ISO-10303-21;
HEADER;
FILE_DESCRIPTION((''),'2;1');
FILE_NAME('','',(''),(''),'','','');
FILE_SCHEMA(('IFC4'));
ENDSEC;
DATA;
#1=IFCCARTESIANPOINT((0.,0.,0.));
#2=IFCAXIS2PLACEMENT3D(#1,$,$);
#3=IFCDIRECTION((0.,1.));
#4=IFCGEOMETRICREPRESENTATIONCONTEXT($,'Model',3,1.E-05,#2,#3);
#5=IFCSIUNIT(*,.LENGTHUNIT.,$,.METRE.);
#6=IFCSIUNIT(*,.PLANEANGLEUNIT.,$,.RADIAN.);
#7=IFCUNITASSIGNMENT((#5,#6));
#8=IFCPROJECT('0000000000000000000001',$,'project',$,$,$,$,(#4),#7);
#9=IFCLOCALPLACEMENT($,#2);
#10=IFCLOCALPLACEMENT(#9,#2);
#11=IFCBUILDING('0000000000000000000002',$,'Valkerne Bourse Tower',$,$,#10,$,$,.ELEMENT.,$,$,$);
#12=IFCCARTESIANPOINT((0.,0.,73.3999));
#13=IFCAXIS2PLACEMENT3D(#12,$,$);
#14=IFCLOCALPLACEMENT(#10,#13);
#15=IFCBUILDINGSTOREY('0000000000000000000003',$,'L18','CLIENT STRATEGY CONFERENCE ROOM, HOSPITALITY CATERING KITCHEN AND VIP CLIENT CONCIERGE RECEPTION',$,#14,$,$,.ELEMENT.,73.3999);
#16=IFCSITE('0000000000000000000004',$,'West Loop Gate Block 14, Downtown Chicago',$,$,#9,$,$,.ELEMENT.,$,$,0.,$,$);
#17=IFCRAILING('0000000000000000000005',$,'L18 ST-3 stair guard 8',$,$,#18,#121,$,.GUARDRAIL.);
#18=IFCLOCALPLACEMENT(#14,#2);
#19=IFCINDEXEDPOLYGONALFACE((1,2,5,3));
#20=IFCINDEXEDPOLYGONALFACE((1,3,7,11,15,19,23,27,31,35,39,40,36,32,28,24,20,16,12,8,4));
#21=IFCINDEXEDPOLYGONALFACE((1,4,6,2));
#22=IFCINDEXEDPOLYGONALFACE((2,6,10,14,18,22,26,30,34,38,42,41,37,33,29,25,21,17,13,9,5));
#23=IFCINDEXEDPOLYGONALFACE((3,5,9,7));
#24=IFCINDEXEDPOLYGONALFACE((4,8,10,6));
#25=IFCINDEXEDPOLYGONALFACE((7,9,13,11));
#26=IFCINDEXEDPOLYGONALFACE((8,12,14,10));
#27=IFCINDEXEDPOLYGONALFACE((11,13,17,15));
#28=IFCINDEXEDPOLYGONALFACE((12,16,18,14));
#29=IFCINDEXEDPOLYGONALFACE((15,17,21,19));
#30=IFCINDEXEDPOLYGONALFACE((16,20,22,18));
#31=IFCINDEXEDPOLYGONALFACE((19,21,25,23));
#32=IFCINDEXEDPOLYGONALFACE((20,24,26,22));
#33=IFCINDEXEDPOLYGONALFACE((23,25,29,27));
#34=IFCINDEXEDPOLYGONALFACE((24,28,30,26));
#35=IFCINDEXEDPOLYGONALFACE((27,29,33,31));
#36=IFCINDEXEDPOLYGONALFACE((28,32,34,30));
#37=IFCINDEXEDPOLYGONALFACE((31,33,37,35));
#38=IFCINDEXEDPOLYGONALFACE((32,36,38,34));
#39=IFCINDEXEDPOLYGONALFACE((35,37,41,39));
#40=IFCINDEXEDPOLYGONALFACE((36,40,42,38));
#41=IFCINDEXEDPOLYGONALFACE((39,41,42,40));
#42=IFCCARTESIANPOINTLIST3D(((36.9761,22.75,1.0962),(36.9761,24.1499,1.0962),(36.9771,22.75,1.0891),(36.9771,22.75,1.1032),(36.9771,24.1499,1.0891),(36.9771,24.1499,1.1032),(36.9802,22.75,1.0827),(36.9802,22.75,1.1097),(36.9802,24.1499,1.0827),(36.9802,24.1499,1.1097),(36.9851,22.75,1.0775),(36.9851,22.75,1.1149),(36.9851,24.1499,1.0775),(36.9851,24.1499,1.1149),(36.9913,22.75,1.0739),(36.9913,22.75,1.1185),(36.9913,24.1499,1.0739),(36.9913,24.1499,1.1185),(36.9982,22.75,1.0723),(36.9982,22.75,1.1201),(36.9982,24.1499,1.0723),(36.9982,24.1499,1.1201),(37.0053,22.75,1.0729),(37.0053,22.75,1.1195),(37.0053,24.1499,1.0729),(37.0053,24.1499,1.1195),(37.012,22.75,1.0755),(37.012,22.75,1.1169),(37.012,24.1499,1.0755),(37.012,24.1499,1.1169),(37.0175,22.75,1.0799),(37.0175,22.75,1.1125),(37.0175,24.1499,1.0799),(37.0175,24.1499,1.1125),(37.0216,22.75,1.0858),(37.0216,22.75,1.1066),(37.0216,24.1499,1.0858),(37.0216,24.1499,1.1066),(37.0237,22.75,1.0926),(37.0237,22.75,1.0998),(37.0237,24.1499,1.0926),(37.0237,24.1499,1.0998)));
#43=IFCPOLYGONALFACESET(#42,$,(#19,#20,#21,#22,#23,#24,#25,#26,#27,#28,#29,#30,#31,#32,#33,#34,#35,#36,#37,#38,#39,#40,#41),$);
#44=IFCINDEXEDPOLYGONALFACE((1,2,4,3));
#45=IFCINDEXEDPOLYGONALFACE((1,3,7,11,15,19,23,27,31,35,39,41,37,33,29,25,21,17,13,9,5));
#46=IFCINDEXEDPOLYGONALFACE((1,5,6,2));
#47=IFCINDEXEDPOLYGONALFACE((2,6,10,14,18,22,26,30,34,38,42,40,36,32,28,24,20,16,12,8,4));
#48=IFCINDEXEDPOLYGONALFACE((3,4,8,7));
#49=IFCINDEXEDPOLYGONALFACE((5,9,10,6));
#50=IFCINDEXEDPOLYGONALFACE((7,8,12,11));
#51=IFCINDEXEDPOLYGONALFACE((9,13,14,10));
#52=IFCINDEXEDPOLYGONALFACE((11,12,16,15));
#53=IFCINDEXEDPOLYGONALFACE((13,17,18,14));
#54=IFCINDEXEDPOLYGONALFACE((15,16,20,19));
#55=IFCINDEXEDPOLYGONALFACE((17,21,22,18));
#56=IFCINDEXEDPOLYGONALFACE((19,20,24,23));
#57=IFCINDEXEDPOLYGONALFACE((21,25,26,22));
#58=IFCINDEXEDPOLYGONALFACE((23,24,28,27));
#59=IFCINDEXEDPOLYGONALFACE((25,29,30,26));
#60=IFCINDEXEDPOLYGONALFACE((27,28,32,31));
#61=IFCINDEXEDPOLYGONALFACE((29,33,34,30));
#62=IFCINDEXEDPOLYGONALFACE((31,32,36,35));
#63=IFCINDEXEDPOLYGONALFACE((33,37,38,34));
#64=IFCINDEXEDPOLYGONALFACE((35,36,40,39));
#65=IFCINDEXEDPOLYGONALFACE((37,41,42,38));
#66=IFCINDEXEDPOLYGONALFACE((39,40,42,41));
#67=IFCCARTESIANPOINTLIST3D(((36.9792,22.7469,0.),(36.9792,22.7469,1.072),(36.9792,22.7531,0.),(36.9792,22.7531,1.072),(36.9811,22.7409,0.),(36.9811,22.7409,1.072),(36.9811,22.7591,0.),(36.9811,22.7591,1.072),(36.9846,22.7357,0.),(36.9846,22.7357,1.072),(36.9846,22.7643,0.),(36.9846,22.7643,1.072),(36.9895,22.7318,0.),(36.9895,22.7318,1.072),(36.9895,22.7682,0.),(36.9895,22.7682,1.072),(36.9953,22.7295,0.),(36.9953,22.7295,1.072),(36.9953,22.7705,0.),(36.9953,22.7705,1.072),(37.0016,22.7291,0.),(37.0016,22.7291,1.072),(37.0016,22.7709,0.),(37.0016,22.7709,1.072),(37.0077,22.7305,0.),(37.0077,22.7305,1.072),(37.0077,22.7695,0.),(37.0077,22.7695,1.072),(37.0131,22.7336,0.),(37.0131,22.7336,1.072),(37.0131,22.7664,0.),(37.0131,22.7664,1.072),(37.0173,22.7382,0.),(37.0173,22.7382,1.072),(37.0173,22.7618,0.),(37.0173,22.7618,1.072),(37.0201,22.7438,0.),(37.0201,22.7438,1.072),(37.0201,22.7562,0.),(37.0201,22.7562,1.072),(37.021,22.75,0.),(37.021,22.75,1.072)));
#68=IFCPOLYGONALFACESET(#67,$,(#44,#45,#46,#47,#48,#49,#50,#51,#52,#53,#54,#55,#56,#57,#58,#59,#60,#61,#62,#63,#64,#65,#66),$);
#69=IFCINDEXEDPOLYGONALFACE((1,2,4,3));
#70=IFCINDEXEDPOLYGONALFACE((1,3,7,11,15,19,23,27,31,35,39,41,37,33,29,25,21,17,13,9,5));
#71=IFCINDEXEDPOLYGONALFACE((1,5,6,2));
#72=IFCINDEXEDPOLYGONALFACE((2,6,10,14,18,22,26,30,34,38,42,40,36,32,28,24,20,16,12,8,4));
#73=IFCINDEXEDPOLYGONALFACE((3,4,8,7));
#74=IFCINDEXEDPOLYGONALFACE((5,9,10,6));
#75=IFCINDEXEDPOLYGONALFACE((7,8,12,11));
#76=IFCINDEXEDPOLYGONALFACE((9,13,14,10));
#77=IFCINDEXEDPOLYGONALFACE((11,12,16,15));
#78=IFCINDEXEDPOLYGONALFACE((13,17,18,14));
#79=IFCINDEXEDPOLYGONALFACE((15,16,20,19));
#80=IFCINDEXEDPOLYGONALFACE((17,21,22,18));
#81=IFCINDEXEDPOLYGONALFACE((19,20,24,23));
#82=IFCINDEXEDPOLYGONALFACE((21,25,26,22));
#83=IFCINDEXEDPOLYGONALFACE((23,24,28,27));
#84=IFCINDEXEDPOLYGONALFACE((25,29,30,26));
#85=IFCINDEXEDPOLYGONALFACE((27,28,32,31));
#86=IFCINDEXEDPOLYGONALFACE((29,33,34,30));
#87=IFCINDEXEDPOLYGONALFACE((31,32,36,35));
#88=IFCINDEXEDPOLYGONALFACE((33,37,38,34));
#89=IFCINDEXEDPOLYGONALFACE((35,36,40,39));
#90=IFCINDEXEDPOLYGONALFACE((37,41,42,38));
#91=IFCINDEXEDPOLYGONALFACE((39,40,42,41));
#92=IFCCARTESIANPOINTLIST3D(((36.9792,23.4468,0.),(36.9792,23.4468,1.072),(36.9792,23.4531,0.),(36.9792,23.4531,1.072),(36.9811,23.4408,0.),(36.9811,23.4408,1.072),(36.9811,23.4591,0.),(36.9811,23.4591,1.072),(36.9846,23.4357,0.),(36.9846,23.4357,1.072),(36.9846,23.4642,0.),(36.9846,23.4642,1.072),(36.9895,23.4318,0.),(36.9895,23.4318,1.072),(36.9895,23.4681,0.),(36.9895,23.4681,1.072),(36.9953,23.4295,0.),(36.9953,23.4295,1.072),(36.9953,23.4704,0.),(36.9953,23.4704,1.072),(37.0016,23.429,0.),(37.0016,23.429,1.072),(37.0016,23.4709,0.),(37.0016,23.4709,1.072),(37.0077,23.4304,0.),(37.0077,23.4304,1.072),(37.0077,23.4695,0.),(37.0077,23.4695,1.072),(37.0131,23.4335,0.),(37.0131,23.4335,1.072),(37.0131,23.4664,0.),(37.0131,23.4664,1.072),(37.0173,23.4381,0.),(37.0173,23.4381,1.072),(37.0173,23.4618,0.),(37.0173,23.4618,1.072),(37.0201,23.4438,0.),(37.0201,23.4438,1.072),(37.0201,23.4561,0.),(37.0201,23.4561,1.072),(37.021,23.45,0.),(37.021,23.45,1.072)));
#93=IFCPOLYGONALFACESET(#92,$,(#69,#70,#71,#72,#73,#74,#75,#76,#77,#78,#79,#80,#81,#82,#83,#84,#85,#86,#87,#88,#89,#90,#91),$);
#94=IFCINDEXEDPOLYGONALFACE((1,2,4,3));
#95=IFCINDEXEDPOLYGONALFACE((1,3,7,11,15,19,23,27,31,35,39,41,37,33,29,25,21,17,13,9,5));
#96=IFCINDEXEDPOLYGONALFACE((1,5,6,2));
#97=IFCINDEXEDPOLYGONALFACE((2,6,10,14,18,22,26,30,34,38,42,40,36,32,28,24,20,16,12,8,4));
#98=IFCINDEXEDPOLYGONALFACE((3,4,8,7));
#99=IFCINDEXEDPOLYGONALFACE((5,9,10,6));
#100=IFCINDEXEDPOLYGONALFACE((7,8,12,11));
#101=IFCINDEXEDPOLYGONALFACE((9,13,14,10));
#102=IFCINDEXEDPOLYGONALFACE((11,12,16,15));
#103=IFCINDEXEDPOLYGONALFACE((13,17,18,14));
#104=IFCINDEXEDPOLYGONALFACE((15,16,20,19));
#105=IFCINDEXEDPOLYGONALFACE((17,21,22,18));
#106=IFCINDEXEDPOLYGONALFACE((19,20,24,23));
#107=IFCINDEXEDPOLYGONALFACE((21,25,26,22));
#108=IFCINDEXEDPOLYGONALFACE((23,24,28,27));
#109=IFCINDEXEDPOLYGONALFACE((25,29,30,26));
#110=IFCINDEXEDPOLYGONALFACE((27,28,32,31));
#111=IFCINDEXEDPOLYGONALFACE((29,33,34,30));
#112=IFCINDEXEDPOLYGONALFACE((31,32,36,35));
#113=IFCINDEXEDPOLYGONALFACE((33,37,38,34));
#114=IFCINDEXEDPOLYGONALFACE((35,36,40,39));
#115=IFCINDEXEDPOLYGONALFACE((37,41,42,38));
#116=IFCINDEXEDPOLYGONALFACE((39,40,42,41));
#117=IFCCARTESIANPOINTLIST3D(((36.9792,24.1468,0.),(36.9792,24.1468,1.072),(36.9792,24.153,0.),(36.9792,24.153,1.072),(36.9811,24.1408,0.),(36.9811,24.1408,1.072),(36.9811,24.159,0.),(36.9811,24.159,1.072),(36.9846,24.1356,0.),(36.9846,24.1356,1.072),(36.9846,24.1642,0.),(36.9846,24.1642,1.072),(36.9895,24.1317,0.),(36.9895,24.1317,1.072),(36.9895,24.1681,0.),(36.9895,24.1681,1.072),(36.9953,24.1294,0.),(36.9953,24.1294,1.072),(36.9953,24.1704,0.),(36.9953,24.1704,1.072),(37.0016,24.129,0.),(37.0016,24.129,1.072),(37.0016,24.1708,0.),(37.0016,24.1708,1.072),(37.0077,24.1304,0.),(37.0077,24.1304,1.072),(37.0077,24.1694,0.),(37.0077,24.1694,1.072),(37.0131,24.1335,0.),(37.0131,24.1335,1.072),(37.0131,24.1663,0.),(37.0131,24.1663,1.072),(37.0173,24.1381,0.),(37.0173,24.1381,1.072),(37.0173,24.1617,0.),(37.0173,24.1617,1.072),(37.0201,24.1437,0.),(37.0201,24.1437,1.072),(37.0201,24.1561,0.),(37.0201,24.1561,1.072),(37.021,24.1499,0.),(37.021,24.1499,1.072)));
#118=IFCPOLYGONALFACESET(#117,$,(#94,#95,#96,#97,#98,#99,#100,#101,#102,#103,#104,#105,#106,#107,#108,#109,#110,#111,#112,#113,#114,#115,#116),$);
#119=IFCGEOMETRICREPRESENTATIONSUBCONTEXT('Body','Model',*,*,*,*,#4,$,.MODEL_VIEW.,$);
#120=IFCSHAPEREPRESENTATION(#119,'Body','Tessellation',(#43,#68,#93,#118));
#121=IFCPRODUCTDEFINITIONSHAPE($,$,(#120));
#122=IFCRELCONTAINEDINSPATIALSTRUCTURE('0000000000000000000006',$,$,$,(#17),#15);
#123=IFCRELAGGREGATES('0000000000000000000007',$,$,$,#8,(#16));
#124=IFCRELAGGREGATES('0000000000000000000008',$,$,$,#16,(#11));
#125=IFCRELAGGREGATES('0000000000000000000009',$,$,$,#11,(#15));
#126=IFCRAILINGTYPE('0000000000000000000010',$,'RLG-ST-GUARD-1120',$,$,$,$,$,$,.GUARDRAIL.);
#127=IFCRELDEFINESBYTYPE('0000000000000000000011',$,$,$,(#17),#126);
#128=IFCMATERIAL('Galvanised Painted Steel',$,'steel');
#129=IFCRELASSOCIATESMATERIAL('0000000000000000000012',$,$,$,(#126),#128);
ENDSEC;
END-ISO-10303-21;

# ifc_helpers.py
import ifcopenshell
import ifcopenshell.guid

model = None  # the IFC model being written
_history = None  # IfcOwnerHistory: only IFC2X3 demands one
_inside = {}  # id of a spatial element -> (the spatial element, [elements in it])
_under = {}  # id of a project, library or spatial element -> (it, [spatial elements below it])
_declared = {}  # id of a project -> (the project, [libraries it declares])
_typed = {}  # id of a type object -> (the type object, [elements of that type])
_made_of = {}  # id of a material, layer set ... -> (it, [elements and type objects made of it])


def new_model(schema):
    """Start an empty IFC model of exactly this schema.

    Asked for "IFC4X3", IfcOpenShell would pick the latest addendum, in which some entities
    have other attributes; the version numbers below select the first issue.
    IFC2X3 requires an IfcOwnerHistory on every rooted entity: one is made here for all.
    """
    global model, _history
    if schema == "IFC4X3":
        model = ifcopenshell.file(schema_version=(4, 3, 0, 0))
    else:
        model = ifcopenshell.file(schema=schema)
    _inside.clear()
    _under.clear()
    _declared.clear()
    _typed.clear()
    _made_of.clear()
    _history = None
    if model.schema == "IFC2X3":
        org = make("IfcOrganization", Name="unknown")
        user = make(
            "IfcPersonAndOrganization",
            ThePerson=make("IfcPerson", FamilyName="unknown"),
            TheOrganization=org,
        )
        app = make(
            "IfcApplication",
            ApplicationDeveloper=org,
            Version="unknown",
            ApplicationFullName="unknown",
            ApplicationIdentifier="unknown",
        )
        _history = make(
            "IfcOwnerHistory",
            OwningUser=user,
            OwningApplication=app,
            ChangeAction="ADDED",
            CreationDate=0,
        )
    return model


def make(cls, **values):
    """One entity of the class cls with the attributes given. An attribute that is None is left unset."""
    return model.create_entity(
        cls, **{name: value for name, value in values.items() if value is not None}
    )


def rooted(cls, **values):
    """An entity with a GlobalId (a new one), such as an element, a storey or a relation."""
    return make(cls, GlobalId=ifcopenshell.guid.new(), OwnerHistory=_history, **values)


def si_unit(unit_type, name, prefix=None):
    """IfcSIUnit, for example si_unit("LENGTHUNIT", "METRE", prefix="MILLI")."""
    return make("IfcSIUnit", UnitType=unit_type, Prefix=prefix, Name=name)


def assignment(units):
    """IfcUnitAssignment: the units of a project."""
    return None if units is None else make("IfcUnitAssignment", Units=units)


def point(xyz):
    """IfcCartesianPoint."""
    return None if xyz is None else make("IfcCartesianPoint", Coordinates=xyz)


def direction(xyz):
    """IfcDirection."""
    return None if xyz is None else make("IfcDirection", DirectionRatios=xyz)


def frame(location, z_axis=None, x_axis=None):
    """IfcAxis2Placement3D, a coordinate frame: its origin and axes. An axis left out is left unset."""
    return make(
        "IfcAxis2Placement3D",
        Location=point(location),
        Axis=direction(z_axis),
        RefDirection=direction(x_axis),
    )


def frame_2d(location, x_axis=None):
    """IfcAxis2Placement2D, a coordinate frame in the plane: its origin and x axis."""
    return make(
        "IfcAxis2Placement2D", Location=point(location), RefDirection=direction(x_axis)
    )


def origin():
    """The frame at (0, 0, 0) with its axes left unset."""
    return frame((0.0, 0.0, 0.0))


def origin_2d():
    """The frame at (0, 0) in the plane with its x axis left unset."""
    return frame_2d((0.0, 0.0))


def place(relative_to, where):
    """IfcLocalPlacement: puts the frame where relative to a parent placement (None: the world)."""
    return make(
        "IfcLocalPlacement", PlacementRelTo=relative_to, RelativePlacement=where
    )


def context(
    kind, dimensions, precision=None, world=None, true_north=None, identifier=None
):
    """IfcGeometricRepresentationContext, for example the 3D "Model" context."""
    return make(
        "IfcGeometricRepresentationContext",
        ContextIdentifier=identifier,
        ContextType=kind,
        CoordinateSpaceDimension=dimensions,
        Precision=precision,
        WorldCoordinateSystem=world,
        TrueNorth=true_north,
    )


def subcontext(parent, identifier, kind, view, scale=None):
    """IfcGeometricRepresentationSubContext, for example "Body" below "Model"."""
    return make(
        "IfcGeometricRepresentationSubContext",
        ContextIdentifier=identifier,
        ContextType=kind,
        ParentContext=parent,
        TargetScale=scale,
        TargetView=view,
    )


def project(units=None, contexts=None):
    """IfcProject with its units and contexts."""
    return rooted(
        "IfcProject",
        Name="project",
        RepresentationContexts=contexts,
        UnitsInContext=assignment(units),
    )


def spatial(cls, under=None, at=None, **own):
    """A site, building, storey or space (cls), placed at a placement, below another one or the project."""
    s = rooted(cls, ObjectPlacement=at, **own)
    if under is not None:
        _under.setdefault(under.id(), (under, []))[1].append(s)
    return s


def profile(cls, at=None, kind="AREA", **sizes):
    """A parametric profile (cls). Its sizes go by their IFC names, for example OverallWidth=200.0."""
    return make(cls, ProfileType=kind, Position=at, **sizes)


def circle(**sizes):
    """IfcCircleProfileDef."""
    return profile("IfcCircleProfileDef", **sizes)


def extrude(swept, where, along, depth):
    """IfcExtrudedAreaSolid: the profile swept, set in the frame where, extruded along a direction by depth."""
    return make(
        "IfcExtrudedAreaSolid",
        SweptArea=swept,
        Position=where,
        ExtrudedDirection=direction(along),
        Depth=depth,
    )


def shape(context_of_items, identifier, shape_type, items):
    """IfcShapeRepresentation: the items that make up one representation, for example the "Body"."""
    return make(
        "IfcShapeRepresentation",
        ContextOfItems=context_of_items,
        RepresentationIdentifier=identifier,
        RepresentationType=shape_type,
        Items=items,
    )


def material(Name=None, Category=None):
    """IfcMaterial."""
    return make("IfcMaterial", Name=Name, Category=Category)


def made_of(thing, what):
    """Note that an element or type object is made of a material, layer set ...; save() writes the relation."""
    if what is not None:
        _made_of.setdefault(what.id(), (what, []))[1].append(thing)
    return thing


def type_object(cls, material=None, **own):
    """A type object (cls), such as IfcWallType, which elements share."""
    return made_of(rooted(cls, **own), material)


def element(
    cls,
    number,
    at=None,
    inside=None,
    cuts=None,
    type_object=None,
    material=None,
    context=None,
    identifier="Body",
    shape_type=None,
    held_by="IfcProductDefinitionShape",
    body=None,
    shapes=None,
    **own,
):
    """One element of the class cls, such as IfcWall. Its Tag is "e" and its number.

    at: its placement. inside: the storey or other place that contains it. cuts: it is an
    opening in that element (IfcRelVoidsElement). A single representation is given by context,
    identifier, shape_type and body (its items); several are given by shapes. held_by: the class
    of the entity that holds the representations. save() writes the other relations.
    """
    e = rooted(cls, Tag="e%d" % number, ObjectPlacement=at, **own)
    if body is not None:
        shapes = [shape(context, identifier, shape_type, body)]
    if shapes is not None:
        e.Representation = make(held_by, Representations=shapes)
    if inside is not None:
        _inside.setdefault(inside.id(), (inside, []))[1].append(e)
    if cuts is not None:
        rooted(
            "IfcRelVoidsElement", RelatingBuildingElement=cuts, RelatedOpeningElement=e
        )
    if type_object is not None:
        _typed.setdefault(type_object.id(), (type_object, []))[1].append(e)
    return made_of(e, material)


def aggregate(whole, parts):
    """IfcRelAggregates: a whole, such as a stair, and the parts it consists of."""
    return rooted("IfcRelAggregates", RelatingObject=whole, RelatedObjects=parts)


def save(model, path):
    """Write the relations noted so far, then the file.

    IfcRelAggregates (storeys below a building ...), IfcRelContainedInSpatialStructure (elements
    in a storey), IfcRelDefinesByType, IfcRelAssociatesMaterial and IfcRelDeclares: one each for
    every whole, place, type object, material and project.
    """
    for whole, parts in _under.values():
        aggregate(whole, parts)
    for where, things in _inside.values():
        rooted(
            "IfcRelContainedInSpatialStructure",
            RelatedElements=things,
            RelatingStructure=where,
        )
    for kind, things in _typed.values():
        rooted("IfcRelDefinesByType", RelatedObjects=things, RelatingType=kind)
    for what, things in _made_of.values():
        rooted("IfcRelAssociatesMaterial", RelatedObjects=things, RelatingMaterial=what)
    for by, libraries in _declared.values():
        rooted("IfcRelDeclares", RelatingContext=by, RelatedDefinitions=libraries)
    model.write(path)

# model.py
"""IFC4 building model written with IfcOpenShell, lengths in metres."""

from ifc_helpers import new_model, si_unit, direction, frame, origin, origin_2d, place, context, subcontext, project, spatial, circle, extrude, material, type_object, element, save


model = new_model("IFC4")

# Units and contexts
model_context = context("Model", 3, precision=1e-05, world=origin(), true_north=direction((0.0, 1.0)))
body_context = subcontext(model_context, "Body", "Model", "MODEL_VIEW")
ifc_project = project(units=[si_unit("LENGTHUNIT", "METRE"), si_unit("PLANEANGLEUNIT", "RADIAN")], contexts=[model_context])

# Site, building, storey
site_placement = place(None, origin())
site = spatial("IfcSite", under=ifc_project, at=site_placement, Name="West Loop Gate Block 14, Downtown Chicago", CompositionType="ELEMENT", RefElevation=0.0)
building_placement = place(site_placement, origin())
building = spatial("IfcBuilding", under=site, at=building_placement, Name="Valkerne Bourse Tower", CompositionType="ELEMENT")
storey_placement = place(building_placement, frame((0.0, 0.0, 73.3999)))
storey = spatial("IfcBuildingStorey", under=building, at=storey_placement, Name="L18", Description="CLIENT STRATEGY CONFERENCE ROOM, HOSPITALITY CATERING KITCHEN AND VIP CLIENT CONCIERGE RECEPTION", CompositionType="ELEMENT", Elevation=73.3999)

# Shared definitions
ifc_material_1 = material(Name="Galvanised Painted Steel", Category="steel")

# Railing
railing_type_1 = type_object("IfcRailingType", Name="RLG-ST-GUARD-1120", PredefinedType="GUARDRAIL", material=ifc_material_1)
railing_1_placement = place(storey_placement, frame((37.0, 22.75, 0.0)))
element("IfcRailing", 1, at=railing_1_placement, inside=storey, type_object=railing_type_1, Name="L18 ST-3 stair guard 8", PredefinedType="GUARDRAIL", context=body_context, shape_type="SweptSolid", body=[
    extrude(circle(Radius=0.0239, at=origin_2d()), frame((0.0, 0.0, 1.0962), z_axis=(0.0, 1.0, 0.0), x_axis=(-1.0, 0.0, 0.0)), (0.0, 0.0, 1.0), 1.3999),
    extrude(circle(Radius=0.021, at=origin_2d()), origin(), (0.0, 0.0, 1.0), 1.072),
    extrude(circle(Radius=0.021, at=origin_2d()), frame((0.0, 0.7, 0.0)), (0.0, 0.0, 1.0), 1.072),
    extrude(circle(Radius=0.021, at=origin_2d()), frame((0.0, 1.3999, 0.0)), (0.0, 0.0, 1.0), 1.072),
])

save(model, "model.ifc")
